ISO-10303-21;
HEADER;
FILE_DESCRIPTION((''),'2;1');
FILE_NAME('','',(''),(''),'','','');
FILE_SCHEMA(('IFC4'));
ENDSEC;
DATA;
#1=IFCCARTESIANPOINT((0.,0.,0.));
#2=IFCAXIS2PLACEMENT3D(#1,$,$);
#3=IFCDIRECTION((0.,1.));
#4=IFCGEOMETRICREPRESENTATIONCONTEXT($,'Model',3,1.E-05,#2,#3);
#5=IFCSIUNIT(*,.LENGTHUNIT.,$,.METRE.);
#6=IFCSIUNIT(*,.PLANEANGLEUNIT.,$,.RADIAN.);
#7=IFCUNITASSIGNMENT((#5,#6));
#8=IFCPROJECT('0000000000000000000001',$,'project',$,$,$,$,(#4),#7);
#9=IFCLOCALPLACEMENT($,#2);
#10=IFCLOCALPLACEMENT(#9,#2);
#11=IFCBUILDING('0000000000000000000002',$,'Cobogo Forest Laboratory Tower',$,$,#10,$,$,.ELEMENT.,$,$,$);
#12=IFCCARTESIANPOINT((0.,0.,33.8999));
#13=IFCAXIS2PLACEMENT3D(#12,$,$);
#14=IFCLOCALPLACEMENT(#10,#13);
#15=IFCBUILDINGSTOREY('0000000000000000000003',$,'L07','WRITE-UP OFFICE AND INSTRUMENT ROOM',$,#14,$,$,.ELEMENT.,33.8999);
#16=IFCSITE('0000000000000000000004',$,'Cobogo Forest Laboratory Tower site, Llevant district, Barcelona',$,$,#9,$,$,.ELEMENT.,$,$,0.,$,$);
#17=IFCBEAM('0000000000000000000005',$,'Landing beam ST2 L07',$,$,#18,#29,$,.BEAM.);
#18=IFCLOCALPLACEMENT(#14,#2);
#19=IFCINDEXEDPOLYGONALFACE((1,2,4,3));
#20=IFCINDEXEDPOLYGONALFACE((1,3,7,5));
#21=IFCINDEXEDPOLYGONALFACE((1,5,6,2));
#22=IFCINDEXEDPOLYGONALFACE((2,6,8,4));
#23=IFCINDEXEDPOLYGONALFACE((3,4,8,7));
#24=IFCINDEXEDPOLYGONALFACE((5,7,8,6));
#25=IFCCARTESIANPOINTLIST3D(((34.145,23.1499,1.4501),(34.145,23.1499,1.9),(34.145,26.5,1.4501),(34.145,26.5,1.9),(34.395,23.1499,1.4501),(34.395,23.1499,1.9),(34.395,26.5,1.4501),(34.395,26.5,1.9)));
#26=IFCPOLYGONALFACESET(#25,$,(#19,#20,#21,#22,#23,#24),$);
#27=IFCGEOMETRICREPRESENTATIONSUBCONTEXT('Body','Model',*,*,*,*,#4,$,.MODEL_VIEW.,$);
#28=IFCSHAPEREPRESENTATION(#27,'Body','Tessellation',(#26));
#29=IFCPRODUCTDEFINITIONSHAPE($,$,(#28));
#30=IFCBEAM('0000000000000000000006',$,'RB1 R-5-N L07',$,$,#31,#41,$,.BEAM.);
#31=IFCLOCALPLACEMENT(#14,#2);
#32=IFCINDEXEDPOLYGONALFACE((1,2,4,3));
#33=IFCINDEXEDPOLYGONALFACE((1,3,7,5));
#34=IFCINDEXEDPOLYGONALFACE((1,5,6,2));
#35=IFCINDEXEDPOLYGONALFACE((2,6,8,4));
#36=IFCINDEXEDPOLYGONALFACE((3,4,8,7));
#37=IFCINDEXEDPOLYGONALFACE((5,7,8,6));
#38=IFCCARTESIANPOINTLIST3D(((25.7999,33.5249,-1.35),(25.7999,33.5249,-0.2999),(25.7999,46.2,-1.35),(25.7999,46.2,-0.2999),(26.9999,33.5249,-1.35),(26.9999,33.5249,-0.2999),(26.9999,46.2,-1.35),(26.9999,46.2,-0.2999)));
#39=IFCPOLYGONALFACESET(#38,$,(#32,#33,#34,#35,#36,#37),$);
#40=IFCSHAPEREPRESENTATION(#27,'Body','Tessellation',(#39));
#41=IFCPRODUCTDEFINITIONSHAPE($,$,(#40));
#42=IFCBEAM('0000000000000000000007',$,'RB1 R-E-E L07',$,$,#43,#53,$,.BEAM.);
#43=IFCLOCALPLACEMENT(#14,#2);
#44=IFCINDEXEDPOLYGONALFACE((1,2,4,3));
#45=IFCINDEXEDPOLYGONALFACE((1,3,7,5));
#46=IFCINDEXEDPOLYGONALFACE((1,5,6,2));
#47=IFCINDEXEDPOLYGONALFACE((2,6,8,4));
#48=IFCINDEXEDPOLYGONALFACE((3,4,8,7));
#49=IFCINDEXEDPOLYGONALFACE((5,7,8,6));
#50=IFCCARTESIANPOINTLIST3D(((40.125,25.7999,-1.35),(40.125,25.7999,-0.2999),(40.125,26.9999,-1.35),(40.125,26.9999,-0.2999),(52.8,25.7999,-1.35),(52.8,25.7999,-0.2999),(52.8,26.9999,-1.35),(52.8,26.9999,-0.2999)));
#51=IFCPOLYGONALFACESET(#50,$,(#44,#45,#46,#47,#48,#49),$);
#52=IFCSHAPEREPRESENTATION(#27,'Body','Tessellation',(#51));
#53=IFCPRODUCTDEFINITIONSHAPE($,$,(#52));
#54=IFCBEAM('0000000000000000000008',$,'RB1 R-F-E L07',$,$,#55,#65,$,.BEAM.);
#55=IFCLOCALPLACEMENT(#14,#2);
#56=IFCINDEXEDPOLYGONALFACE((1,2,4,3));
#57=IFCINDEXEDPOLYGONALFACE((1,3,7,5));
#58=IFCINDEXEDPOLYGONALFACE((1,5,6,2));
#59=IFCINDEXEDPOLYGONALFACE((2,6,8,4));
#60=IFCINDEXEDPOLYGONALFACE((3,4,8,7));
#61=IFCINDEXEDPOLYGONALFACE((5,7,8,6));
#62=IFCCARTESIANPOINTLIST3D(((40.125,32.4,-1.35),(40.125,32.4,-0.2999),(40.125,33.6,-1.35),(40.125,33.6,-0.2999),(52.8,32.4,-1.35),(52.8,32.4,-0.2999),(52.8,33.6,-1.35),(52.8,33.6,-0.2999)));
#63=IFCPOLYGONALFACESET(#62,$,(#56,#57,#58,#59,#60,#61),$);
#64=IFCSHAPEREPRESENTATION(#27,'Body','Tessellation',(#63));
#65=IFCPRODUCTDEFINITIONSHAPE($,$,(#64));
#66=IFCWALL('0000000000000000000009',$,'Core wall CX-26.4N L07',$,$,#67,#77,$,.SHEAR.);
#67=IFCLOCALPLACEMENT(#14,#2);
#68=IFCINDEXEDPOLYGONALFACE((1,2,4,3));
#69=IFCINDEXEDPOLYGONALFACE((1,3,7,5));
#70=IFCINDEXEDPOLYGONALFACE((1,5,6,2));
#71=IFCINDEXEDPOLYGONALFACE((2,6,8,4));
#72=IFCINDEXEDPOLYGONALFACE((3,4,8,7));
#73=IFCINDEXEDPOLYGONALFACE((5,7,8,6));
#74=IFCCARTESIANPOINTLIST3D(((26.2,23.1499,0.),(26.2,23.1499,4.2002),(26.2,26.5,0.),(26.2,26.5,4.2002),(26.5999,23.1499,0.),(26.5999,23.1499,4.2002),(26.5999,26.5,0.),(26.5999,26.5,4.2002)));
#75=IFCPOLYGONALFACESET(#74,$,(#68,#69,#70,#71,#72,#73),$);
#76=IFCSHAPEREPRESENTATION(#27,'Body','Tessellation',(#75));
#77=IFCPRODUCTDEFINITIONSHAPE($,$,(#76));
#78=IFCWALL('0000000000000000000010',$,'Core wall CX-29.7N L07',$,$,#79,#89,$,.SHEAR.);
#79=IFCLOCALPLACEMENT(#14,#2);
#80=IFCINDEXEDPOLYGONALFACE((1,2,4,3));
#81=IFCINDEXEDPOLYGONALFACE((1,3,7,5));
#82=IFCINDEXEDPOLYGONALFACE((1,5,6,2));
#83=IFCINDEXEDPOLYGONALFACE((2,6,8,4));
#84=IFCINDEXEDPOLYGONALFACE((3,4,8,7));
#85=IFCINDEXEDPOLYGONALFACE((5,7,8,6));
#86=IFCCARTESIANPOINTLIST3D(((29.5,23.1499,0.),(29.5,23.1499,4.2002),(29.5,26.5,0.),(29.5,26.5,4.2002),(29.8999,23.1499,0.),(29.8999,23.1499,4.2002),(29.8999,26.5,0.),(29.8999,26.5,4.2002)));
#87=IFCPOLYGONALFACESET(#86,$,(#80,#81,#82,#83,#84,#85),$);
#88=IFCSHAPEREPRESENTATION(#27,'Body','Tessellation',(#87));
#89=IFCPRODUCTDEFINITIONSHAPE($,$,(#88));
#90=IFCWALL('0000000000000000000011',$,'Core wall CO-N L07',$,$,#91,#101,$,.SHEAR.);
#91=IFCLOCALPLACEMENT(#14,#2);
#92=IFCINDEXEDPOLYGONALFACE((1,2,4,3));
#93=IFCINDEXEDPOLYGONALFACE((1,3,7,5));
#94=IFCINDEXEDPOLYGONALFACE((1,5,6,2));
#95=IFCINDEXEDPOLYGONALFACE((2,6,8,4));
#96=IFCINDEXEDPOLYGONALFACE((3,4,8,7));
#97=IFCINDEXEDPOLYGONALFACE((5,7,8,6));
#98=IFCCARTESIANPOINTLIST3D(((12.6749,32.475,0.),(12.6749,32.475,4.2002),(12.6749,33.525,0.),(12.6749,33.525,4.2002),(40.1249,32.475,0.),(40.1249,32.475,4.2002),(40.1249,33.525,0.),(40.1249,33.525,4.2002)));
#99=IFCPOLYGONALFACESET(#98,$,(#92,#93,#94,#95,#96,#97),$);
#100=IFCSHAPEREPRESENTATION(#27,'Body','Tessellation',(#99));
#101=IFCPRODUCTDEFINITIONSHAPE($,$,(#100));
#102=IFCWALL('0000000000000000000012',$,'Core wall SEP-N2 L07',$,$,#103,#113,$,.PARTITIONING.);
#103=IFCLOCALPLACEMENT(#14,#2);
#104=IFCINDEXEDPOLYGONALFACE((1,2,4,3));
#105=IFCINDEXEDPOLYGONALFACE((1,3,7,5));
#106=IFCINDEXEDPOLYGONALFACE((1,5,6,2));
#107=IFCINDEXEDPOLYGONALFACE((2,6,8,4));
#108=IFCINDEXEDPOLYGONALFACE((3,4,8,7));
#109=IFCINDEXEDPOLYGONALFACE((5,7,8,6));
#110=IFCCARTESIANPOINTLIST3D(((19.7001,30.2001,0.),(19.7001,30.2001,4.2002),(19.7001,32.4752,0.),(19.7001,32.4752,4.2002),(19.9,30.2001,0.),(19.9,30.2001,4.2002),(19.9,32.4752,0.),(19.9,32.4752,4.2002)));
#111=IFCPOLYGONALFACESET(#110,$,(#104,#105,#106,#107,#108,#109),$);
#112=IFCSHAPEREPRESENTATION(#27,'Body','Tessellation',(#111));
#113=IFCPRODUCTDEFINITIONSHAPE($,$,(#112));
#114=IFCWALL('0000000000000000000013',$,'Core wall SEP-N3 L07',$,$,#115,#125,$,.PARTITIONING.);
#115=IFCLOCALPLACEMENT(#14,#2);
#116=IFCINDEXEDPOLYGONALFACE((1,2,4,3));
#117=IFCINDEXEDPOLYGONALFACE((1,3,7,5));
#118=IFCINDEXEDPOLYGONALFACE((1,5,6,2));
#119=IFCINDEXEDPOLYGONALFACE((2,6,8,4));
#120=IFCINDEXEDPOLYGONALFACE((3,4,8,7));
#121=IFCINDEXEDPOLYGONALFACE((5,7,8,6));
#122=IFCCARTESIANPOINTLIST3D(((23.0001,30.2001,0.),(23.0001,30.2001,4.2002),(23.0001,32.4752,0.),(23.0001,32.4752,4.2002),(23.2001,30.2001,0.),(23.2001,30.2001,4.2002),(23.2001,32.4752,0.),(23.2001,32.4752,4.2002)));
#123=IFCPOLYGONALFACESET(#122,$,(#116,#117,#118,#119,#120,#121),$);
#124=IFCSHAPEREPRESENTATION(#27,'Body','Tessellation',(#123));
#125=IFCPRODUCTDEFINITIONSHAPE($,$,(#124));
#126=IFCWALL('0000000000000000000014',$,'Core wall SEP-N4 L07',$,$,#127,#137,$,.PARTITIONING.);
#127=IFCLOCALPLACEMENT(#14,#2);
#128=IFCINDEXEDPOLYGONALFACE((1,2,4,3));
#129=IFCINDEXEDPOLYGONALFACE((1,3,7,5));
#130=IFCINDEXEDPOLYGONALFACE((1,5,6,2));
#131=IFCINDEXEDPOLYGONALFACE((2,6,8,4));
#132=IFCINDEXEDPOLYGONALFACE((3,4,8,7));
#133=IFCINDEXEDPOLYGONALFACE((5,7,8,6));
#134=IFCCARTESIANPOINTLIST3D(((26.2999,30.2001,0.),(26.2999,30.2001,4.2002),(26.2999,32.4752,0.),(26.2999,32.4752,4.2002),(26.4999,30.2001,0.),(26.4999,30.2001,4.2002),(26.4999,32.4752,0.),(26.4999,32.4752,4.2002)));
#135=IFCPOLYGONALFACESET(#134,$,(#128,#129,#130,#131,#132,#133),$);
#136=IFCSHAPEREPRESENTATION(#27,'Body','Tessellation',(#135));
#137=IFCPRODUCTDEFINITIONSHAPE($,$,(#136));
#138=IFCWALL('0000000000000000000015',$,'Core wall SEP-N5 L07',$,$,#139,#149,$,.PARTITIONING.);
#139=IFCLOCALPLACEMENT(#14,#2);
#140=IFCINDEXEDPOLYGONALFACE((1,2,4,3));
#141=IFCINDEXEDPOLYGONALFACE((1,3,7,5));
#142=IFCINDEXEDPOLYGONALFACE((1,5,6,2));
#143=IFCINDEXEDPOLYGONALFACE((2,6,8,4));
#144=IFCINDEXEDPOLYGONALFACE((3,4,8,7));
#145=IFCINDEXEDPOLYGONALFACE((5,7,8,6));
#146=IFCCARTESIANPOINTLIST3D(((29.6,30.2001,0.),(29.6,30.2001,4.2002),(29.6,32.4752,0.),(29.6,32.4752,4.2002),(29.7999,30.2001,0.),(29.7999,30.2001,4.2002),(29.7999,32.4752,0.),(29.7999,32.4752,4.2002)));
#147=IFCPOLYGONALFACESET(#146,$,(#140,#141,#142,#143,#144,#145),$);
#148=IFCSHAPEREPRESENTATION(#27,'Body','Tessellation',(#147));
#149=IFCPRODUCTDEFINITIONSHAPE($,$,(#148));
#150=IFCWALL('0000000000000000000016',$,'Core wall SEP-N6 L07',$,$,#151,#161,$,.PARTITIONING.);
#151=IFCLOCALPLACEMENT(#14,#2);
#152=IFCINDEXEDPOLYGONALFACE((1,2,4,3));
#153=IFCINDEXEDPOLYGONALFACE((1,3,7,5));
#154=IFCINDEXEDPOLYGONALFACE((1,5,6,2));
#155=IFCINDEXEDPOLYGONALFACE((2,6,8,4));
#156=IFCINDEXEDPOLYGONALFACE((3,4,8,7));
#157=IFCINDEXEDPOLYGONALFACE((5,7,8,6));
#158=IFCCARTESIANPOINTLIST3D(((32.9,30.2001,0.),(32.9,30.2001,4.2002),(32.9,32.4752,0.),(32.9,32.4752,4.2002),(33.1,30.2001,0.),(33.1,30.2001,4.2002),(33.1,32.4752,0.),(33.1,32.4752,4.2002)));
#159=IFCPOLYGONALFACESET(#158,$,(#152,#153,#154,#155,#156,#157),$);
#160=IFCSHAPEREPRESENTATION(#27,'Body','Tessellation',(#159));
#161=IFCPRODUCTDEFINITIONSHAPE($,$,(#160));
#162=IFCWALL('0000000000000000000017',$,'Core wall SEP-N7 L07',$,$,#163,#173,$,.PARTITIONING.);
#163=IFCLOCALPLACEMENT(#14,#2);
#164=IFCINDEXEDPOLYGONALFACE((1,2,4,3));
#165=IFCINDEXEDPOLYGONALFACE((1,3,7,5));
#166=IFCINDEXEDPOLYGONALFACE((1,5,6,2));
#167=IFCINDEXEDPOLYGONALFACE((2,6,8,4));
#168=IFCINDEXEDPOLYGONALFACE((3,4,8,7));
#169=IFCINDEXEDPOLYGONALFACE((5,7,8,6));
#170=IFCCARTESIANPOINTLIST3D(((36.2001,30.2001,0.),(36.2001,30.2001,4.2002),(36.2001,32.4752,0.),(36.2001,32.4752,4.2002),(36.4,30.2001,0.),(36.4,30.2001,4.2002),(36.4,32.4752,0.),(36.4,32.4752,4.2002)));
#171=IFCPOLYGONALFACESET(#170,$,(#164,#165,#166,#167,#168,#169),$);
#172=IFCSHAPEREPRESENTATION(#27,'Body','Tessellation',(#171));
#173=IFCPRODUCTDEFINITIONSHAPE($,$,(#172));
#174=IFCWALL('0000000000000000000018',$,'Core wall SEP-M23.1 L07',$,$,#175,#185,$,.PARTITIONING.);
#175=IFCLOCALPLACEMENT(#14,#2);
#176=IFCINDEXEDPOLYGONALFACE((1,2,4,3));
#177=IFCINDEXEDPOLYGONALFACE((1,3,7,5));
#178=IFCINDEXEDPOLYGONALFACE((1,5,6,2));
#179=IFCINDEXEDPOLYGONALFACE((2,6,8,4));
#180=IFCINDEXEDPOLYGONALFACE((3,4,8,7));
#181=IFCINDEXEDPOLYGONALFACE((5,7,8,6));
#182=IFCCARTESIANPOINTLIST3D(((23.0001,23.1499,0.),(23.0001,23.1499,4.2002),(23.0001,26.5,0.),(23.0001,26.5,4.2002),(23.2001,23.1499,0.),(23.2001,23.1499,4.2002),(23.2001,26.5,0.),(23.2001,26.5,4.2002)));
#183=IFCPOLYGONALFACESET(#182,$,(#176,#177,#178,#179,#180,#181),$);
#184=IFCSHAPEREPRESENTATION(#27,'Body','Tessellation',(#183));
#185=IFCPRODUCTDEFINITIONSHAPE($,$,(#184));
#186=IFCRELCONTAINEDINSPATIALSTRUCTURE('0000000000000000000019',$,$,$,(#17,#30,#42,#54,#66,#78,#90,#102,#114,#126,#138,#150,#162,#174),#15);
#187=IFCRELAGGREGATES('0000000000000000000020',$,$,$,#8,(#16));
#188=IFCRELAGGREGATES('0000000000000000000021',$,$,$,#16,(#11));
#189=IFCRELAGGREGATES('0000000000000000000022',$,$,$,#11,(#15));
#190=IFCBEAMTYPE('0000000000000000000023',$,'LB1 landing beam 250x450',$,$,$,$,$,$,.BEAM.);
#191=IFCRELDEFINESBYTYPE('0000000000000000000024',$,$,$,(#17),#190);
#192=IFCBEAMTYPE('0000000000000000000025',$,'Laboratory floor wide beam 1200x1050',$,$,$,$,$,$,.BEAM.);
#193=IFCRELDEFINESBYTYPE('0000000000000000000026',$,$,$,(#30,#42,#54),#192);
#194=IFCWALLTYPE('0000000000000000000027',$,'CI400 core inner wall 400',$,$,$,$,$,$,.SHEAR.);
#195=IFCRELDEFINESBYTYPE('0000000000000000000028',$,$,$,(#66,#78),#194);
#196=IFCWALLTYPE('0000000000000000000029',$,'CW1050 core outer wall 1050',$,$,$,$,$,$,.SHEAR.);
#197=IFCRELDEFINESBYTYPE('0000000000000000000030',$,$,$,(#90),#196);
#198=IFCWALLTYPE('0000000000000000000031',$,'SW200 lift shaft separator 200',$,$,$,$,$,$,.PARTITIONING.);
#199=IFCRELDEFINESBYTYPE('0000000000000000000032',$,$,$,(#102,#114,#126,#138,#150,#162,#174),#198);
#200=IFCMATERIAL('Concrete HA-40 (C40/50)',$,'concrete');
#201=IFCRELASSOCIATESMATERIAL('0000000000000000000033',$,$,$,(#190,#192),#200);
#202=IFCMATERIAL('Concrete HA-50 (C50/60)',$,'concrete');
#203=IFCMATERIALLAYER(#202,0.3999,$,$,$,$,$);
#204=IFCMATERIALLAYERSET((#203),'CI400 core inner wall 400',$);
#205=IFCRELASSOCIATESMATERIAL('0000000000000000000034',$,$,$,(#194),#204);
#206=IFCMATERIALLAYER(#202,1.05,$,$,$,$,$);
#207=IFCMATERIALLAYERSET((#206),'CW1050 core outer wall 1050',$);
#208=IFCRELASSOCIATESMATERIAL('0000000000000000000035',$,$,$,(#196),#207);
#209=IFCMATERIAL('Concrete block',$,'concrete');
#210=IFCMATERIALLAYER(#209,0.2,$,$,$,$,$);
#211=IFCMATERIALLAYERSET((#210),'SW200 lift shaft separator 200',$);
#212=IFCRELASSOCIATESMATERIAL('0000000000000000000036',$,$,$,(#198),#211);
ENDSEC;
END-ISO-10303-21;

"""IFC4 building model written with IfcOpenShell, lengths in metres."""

from ifc_helpers import new_model, si_unit, direction, frame, frame_2d, origin, origin_2d, place, context, subcontext, project, spatial, rectangle, extrude, material, layer, layer_set, material_profile, profile_set, type_object, element, save


model = new_model("IFC4")

# Units and contexts
model_context = context("Model", 3, precision=1e-05, world=origin(), true_north=direction((0.0, 1.0)))
body_context = subcontext(model_context, "Body", "Model", "MODEL_VIEW")
ifc_project = project(units=[si_unit("LENGTHUNIT", "METRE"), si_unit("PLANEANGLEUNIT", "RADIAN")], contexts=[model_context])

# Site, building, storey
site_placement = place(None, origin())
site = spatial("IfcSite", under=ifc_project, at=site_placement, Name="Cobogo Forest Laboratory Tower site, Llevant district, Barcelona", CompositionType="ELEMENT", RefElevation=0.0)
building_placement = place(site_placement, origin())
building = spatial("IfcBuilding", under=site, at=building_placement, Name="Cobogo Forest Laboratory Tower", CompositionType="ELEMENT")
storey_placement = place(building_placement, frame((0.0, 0.0, 33.8999)))
storey = spatial("IfcBuildingStorey", under=building, at=storey_placement, Name="L07", Description="WRITE-UP OFFICE AND INSTRUMENT ROOM", CompositionType="ELEMENT", Elevation=33.8999)

# Beams
ifc_material_1 = material(Name="Concrete HA-40 (C40/50)", Category="concrete")
ifc_material_profile_1 = material_profile(ifc_material_1, rectangle(XDim=0.25, YDim=0.45, at=origin_2d()), Name="RC 250x450")
ifc_profile_set_1 = profile_set([ifc_material_profile_1], Name="Concrete HA-40 (C40/50)")
beam_type_1 = type_object("IfcBeamType", Name="LB1 landing beam 250x450", PredefinedType="BEAM", material=ifc_profile_set_1)
beam_placement = place(storey_placement, frame((34.27, 23.1499, 1.675), z_axis=(0.0, 1.0, 0.0), x_axis=(-1.0, 0.0, 0.0)))
element("IfcBeam", 1, at=beam_placement, inside=storey, type_object=beam_type_1, Name="Landing beam ST2 L07", PredefinedType="BEAM", context=body_context, shape_type="SweptSolid", body=[
    extrude(rectangle(XDim=0.25, YDim=0.45, at=origin_2d()), origin(), (0.0, 0.0, 1.0), 3.3501),
])
ifc_material_profile_2 = material_profile(ifc_material_1, rectangle(XDim=1.2, YDim=1.05, at=origin_2d()), Name="RC 1200x1050")
ifc_profile_set_2 = profile_set([ifc_material_profile_2], Name="Concrete HA-40 (C40/50)")
beam_type_2 = type_object("IfcBeamType", Name="Laboratory floor wide beam 1200x1050", PredefinedType="BEAM", material=ifc_profile_set_2)
for number, where, z_axis, x_axis, name in (
    (2, (26.3999, 33.5249, -0.825), (0.0, 1.0, 0.0), (-1.0, 0.0, 0.0), "RB1 R-5-N L07"),
    (3, (40.125, 26.3999, -0.825), (1.0, 0.0, 0.0), (0.0, 1.0, 0.0), "RB1 R-E-E L07"),
    (4, (40.125, 33.0, -0.825), (1.0, 0.0, 0.0), (0.0, 1.0, 0.0), "RB1 R-F-E L07"),
):
    element("IfcBeam", number, at=place(storey_placement, frame(where, z_axis=z_axis, x_axis=x_axis)), inside=storey, type_object=beam_type_2, Name=name, PredefinedType="BEAM", context=body_context, shape_type="SweptSolid", body=[
        extrude(rectangle(XDim=1.2, YDim=1.05, at=origin_2d()), origin(), (0.0, 0.0, 1.0), 12.675),
    ])

# Walls
ifc_material_2 = material(Name="Concrete HA-50 (C50/60)", Category="concrete")
ifc_layer_1 = layer(ifc_material_2, 0.3999)
ifc_layer_set_1 = layer_set([ifc_layer_1], Name="CI400 core inner wall 400")
wall_type_1 = type_object("IfcWallType", Name="CI400 core inner wall 400", PredefinedType="SHEAR", material=ifc_layer_set_1)
for number, where, z_axis, x_axis, name in (
    (5, (26.3999, 23.1499, 0.0), (0.0, 0.0, 1.0), (0.0, 1.0, 0.0), "Core wall CX-26.4N L07"),
    (6, (29.7, 23.1499, 0.0), (0.0, 0.0, 1.0), (0.0, 1.0, 0.0), "Core wall CX-29.7N L07"),
):
    element("IfcWall", number, at=place(storey_placement, frame(where, z_axis=z_axis, x_axis=x_axis)), inside=storey, type_object=wall_type_1, Name=name, PredefinedType="SHEAR", context=body_context, shape_type="SweptSolid", body=[
        extrude(rectangle(XDim=3.3501, YDim=0.3999, at=frame_2d((1.675, 0.0))), origin(), (0.0, 0.0, 1.0), 4.2002),
    ])
ifc_layer_2 = layer(ifc_material_2, 1.05)
ifc_layer_set_2 = layer_set([ifc_layer_2], Name="CW1050 core outer wall 1050")
wall_type_2 = type_object("IfcWallType", Name="CW1050 core outer wall 1050", PredefinedType="SHEAR", material=ifc_layer_set_2)
wall_1_placement = place(storey_placement, frame((40.125, 33.0, 0.0), z_axis=(0.0, 0.0, 1.0), x_axis=(-1.0, 0.0, 0.0)))
element("IfcWall", 7, at=wall_1_placement, inside=storey, type_object=wall_type_2, Name="Core wall CO-N L07", PredefinedType="SHEAR", context=body_context, shape_type="SweptSolid", body=[
    extrude(rectangle(XDim=27.45, YDim=1.05, at=frame_2d((13.7251, 0.0))), origin(), (0.0, 0.0, 1.0), 4.2002),
])
ifc_material_3 = material(Name="Concrete block", Category="concrete")
ifc_layer_3 = layer(ifc_material_3, 0.2)
ifc_layer_set_3 = layer_set([ifc_layer_3], Name="SW200 lift shaft separator 200")
wall_type_3 = type_object("IfcWallType", Name="SW200 lift shaft separator 200", PredefinedType="PARTITIONING", material=ifc_layer_set_3)
for number, where, z_axis, x_axis, name in (
    (8, (19.8, 30.2, 0.0), (0.0, 0.0, 1.0), (0.0, 1.0, 0.0), "Core wall SEP-N2 L07"),
    (9, (23.1001, 30.2, 0.0), (0.0, 0.0, 1.0), (0.0, 1.0, 0.0), "Core wall SEP-N3 L07"),
    (10, (26.3999, 30.2, 0.0), (0.0, 0.0, 1.0), (0.0, 1.0, 0.0), "Core wall SEP-N4 L07"),
    (11, (29.7, 30.2, 0.0), (0.0, 0.0, 1.0), (0.0, 1.0, 0.0), "Core wall SEP-N5 L07"),
    (12, (33.0, 30.2, 0.0), (0.0, 0.0, 1.0), (0.0, 1.0, 0.0), "Core wall SEP-N6 L07"),
    (13, (36.3, 30.2, 0.0), (0.0, 0.0, 1.0), (0.0, 1.0, 0.0), "Core wall SEP-N7 L07"),
):
    element("IfcWall", number, at=place(storey_placement, frame(where, z_axis=z_axis, x_axis=x_axis)), inside=storey, type_object=wall_type_3, Name=name, PredefinedType="PARTITIONING", context=body_context, shape_type="SweptSolid", body=[
        extrude(rectangle(XDim=2.2751, YDim=0.2, at=frame_2d((1.1377, 0.0))), origin(), (0.0, 0.0, 1.0), 4.2002),
    ])
wall_2_placement = place(storey_placement, frame((23.1001, 23.1499, 0.0), z_axis=(0.0, 0.0, 1.0), x_axis=(0.0, 1.0, 0.0)))
element("IfcWall", 14, at=wall_2_placement, inside=storey, type_object=wall_type_3, Name="Core wall SEP-M23.1 L07", PredefinedType="PARTITIONING", context=body_context, shape_type="SweptSolid", body=[
    extrude(rectangle(XDim=3.3501, YDim=0.2, at=frame_2d((1.675, 0.0))), origin(), (0.0, 0.0, 1.0), 4.2002),
])

save(model, "model.ifc")
